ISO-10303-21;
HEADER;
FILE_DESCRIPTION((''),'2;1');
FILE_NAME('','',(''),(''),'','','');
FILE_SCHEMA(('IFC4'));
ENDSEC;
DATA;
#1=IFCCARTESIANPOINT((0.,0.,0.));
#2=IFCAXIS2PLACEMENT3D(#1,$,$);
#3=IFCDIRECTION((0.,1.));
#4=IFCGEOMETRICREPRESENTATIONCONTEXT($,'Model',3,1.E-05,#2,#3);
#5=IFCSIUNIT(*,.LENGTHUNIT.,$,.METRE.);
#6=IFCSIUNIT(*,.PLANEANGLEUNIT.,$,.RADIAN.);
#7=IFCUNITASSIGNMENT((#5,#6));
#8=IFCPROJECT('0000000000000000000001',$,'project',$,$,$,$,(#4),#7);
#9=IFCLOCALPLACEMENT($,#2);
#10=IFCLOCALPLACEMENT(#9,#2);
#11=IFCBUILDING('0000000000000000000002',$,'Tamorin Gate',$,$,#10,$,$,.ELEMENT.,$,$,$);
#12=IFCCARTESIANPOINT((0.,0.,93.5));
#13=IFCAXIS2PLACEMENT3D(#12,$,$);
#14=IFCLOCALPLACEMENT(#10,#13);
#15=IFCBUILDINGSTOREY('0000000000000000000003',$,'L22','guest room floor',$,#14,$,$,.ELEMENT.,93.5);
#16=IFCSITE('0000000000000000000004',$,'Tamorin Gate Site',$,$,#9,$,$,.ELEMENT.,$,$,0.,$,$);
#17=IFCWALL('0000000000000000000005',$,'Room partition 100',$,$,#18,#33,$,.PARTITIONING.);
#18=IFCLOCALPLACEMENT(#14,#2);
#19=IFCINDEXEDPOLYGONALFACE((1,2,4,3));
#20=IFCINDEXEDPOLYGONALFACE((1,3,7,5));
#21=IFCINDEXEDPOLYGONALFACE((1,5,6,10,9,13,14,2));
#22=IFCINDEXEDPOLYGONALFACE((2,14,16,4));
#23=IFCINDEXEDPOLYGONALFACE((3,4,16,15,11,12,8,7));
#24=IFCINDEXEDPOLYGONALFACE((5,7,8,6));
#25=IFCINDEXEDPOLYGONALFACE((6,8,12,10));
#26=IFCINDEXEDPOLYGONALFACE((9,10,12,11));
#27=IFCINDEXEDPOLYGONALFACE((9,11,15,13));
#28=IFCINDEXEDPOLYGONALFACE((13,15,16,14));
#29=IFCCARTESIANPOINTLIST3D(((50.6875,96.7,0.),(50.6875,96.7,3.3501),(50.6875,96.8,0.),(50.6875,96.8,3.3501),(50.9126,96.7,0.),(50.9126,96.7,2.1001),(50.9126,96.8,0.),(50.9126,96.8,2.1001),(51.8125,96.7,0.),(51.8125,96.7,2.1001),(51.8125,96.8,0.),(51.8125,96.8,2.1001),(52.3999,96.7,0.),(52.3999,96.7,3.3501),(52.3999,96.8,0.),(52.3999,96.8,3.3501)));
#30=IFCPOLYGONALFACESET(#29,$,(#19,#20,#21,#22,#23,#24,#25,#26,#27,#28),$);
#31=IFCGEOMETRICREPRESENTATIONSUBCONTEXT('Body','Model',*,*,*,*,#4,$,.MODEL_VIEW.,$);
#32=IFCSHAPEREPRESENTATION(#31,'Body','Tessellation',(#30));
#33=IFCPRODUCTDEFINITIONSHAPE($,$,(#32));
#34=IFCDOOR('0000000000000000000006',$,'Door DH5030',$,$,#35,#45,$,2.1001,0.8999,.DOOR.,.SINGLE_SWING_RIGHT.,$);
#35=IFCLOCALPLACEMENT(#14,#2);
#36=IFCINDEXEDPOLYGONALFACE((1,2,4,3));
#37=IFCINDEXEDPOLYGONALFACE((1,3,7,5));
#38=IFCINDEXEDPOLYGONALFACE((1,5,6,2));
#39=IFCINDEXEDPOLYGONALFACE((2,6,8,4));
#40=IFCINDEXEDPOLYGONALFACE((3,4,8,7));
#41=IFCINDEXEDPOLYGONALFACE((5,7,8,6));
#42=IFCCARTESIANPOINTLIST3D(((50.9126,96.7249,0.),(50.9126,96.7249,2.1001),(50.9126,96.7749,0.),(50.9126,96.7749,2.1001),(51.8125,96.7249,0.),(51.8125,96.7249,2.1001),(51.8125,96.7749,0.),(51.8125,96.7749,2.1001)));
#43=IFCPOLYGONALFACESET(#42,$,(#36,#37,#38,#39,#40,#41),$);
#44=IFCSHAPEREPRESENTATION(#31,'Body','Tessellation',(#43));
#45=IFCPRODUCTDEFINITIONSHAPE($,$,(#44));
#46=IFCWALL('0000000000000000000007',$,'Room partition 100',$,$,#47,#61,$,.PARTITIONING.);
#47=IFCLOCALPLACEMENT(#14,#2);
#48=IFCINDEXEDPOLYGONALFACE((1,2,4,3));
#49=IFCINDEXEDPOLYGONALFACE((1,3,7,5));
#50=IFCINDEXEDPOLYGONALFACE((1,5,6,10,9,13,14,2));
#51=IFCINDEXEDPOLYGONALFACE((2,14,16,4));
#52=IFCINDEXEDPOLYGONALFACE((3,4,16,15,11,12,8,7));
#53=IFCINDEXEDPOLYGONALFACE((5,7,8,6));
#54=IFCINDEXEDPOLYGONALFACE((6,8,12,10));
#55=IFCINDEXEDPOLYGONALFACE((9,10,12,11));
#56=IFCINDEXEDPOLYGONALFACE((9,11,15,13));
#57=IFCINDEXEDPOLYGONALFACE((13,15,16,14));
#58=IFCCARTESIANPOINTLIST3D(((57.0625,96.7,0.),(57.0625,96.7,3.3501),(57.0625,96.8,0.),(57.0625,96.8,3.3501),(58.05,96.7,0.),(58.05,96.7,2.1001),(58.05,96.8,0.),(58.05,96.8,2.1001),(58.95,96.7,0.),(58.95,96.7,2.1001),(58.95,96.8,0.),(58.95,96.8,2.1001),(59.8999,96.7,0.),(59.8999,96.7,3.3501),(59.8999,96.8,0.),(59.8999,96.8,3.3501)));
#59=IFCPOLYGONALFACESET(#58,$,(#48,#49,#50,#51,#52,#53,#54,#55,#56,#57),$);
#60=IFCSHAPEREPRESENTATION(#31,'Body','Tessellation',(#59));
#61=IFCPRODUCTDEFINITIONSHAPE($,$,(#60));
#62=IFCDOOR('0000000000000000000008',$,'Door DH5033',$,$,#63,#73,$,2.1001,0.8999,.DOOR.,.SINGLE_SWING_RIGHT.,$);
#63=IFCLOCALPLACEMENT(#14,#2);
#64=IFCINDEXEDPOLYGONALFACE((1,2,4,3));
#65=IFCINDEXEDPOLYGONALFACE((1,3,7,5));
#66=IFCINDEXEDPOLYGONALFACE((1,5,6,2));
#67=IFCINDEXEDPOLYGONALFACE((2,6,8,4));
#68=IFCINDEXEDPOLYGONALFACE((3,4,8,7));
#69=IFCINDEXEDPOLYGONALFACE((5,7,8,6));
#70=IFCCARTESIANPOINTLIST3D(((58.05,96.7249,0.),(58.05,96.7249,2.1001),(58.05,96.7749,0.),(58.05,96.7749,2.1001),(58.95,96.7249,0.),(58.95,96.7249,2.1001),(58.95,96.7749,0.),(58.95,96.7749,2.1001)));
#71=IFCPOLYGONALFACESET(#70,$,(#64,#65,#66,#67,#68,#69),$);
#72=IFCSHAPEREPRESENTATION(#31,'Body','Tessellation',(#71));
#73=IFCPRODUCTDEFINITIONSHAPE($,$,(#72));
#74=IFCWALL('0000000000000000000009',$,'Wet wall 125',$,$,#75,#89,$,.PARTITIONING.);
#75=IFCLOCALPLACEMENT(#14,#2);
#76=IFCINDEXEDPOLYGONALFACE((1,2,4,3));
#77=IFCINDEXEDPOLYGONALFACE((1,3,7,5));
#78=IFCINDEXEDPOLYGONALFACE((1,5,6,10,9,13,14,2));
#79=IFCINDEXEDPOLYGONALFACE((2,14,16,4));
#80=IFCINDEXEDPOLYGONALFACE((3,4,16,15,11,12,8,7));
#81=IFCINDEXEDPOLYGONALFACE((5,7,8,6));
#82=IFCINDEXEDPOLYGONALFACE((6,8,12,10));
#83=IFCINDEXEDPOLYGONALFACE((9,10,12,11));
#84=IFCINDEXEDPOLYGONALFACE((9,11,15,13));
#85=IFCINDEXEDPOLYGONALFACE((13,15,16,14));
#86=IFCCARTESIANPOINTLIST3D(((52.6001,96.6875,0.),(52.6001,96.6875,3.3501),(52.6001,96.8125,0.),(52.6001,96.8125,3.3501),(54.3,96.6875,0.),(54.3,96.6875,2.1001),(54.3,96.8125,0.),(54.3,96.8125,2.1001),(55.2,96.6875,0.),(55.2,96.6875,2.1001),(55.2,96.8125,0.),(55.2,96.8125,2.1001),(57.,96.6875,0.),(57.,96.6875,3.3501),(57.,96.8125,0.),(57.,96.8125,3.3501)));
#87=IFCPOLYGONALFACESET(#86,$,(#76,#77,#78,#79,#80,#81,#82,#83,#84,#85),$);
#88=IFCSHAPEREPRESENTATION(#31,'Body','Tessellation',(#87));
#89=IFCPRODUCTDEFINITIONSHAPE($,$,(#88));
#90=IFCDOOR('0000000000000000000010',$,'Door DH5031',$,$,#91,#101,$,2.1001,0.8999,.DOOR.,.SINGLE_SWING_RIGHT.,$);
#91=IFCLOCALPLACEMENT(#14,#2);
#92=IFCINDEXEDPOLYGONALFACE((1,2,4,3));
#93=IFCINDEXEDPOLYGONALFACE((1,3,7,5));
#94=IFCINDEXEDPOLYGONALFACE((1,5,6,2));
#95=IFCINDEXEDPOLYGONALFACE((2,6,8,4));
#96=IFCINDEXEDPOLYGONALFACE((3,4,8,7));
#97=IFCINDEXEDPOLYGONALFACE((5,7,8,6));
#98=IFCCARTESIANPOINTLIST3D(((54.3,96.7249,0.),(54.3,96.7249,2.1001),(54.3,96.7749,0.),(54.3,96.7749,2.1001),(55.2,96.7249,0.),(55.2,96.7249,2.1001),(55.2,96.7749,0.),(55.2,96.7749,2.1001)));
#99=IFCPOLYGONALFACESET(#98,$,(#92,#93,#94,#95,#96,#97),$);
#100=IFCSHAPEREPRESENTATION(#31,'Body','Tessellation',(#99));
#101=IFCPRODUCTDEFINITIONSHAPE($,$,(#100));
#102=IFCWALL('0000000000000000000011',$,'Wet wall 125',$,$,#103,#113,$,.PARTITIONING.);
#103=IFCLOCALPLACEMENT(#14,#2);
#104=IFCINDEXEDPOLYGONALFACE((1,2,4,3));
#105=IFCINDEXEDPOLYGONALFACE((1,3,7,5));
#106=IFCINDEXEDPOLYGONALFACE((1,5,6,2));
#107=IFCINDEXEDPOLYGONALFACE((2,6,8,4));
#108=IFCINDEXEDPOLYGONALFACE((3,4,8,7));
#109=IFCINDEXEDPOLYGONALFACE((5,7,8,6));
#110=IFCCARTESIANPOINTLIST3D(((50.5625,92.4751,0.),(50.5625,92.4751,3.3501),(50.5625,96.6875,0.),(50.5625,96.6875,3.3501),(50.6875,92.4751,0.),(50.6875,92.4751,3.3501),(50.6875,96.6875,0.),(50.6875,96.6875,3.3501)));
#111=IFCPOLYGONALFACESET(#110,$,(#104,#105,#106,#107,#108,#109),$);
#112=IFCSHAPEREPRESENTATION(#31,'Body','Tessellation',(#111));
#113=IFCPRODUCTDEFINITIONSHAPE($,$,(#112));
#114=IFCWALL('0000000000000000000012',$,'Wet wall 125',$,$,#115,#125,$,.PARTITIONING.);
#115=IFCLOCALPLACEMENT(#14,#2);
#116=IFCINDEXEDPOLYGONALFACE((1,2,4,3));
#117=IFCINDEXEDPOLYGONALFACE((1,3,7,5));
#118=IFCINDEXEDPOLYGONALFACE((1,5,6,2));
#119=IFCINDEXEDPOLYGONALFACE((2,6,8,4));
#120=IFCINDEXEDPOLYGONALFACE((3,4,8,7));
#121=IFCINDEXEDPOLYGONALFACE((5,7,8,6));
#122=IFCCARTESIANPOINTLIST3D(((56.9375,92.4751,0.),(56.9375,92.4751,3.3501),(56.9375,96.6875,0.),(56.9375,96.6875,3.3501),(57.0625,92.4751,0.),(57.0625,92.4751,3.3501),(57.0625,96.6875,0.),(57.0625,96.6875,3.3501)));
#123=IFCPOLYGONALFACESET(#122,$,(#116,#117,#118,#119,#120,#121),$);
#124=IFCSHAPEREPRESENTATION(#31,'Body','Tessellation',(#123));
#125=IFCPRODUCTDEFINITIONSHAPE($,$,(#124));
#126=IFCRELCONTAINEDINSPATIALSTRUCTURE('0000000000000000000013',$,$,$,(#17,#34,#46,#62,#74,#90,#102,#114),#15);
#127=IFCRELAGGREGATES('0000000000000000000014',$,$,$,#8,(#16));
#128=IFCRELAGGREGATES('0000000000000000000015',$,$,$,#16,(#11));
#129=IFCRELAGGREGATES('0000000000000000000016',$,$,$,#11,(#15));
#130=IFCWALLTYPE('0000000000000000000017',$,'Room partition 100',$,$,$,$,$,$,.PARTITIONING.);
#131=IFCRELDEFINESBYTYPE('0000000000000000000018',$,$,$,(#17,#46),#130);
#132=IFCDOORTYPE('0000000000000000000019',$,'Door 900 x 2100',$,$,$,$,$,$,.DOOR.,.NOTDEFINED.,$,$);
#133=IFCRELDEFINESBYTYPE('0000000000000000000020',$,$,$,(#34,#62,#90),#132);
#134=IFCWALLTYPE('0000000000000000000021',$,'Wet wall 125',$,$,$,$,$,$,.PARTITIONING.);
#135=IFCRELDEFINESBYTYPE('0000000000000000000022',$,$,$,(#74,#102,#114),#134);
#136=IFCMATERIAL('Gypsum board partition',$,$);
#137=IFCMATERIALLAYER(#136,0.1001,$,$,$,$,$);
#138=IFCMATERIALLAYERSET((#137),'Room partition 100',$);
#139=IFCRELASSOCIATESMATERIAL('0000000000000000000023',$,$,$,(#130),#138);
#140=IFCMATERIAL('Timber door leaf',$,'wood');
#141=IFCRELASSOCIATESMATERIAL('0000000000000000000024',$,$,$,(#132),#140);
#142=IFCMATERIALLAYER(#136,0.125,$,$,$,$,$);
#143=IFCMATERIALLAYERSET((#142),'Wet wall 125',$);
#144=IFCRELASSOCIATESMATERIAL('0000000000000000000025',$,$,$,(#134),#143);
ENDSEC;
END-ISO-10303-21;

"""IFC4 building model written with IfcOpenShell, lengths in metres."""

from ifc_helpers import new_model, si_unit, direction, frame, frame_2d, origin, place, context, subcontext, project, spatial, rectangle, extrude, material, layer, layer_set, type_object, element, fill, save


model = new_model("IFC4")

# Units and contexts
model_context = context("Model", 3, precision=1e-05, world=origin(), true_north=direction((0.0, 1.0)))
body_context = subcontext(model_context, "Body", "Model", "MODEL_VIEW")
ifc_project = project(units=[si_unit("LENGTHUNIT", "METRE"), si_unit("PLANEANGLEUNIT", "RADIAN")], contexts=[model_context])

# Site, building, storey
site_placement = place(None, origin())
site = spatial("IfcSite", under=ifc_project, at=site_placement, Name="Tamorin Gate Site", CompositionType="ELEMENT", RefElevation=0.0)
building_placement = place(site_placement, origin())
building = spatial("IfcBuilding", under=site, at=building_placement, Name="Tamorin Gate", CompositionType="ELEMENT")
storey_placement = place(building_placement, frame((0.0, 0.0, 93.5)))
storey = spatial("IfcBuildingStorey", under=building, at=storey_placement, Name="L22", Description="guest room floor", CompositionType="ELEMENT", Elevation=93.5)

# Shared definitions
ifc_material_1 = material(Name="Gypsum board partition")

# Walls, openings, doors
ifc_layer_1 = layer(ifc_material_1, 0.1001)
ifc_layer_set_1 = layer_set([ifc_layer_1], Name="Room partition 100")
wall_type_1 = type_object("IfcWallType", Name="Room partition 100", PredefinedType="PARTITIONING", material=ifc_layer_set_1)
wall_1_placement = place(storey_placement, frame((50.6875, 96.75, 0.0), z_axis=(0.0, 0.0, 1.0), x_axis=(1.0, 0.0, 0.0)))
wall_1 = element("IfcWall", 1, at=wall_1_placement, inside=storey, type_object=wall_type_1, Name="Room partition 100", PredefinedType="PARTITIONING", context=body_context, shape_type="SweptSolid", body=[
    extrude(rectangle(XDim=1.7124, YDim=0.1001, at=frame_2d((0.8562, 0.0))), origin(), (0.0, 0.0, 1.0), 3.3501),
])
opening_1_placement = place(wall_1_placement, frame((0.2251, 0.0, 0.0)))
opening_1 = element("IfcOpeningElement", 2, at=opening_1_placement, cuts=wall_1, PredefinedType="OPENING", context=body_context, shape_type="SweptSolid", body=[
    extrude(rectangle(XDim=0.8999, YDim=2.1001, at=frame_2d((0.45, 1.05))), frame((0.0, 0.0601, 0.0), z_axis=(0.0, -1.0, 0.0), x_axis=(1.0, 0.0, 0.0)), (0.0, 0.0, 1.0), 0.1201),
])
ifc_material_2 = material(Name="Timber door leaf", Category="wood")
door_type = type_object("IfcDoorType", Name="Door 900 x 2100", OperationType="NOTDEFINED", PredefinedType="DOOR", material=ifc_material_2)
door_1_placement = place(opening_1_placement, origin())
door_1 = element("IfcDoor", 3, at=door_1_placement, inside=storey, type_object=door_type, Name="Door DH5030", OperationType="SINGLE_SWING_RIGHT", OverallHeight=2.1001, OverallWidth=0.8999, PredefinedType="DOOR", context=body_context, shape_type="SweptSolid", body=[
    extrude(rectangle(XDim=0.8999, YDim=2.1001, at=frame_2d((0.45, 1.05))), frame((0.0, 0.0249, 0.0), z_axis=(0.0, -1.0, 0.0), x_axis=(1.0, 0.0, 0.0)), (0.0, 0.0, 1.0), 0.05),
])
fill(opening_1, door_1)
wall_2_placement = place(storey_placement, frame((57.0625, 96.75, 0.0), z_axis=(0.0, 0.0, 1.0), x_axis=(1.0, 0.0, 0.0)))
wall_2 = element("IfcWall", 4, at=wall_2_placement, inside=storey, type_object=wall_type_1, Name="Room partition 100", PredefinedType="PARTITIONING", context=body_context, shape_type="SweptSolid", body=[
    extrude(rectangle(XDim=2.8374, YDim=0.1001, at=frame_2d((1.4187, 0.0))), origin(), (0.0, 0.0, 1.0), 3.3501),
])
opening_2_placement = place(wall_2_placement, frame((0.9875, 0.0, 0.0)))
opening_2 = element("IfcOpeningElement", 5, at=opening_2_placement, cuts=wall_2, PredefinedType="OPENING", context=body_context, shape_type="SweptSolid", body=[
    extrude(rectangle(XDim=0.8999, YDim=2.1001, at=frame_2d((0.45, 1.05))), frame((0.0, 0.0601, 0.0), z_axis=(0.0, -1.0, 0.0), x_axis=(1.0, 0.0, 0.0)), (0.0, 0.0, 1.0), 0.1201),
])
door_2_placement = place(opening_2_placement, origin())
door_2 = element("IfcDoor", 6, at=door_2_placement, inside=storey, type_object=door_type, Name="Door DH5033", OperationType="SINGLE_SWING_RIGHT", OverallHeight=2.1001, OverallWidth=0.8999, PredefinedType="DOOR", context=body_context, shape_type="SweptSolid", body=[
    extrude(rectangle(XDim=0.8999, YDim=2.1001, at=frame_2d((0.45, 1.05))), frame((0.0, 0.0249, 0.0), z_axis=(0.0, -1.0, 0.0), x_axis=(1.0, 0.0, 0.0)), (0.0, 0.0, 1.0), 0.05),
])
fill(opening_2, door_2)
ifc_layer_2 = layer(ifc_material_1, 0.125)
ifc_layer_set_2 = layer_set([ifc_layer_2], Name="Wet wall 125")
wall_type_2 = type_object("IfcWallType", Name="Wet wall 125", PredefinedType="PARTITIONING", material=ifc_layer_set_2)
wall_3_placement = place(storey_placement, frame((52.6001, 96.75, 0.0), z_axis=(0.0, 0.0, 1.0), x_axis=(1.0, 0.0, 0.0)))
wall_3 = element("IfcWall", 7, at=wall_3_placement, inside=storey, type_object=wall_type_2, Name="Wet wall 125", PredefinedType="PARTITIONING", context=body_context, shape_type="SweptSolid", body=[
    extrude(rectangle(XDim=4.3999, YDim=0.125, at=frame_2d((2.2, 0.0))), origin(), (0.0, 0.0, 1.0), 3.3501),
])
opening_3_placement = place(wall_3_placement, frame((1.7, 0.0, 0.0)))
opening_3 = element("IfcOpeningElement", 8, at=opening_3_placement, cuts=wall_3, PredefinedType="OPENING", context=body_context, shape_type="SweptSolid", body=[
    extrude(rectangle(XDim=0.8999, YDim=2.1001, at=frame_2d((0.45, 1.05))), frame((0.0, 0.0725, 0.0), z_axis=(0.0, -1.0, 0.0), x_axis=(1.0, 0.0, 0.0)), (0.0, 0.0, 1.0), 0.145),
])
door_3_placement = place(opening_3_placement, origin())
door_3 = element("IfcDoor", 9, at=door_3_placement, inside=storey, type_object=door_type, Name="Door DH5031", OperationType="SINGLE_SWING_RIGHT", OverallHeight=2.1001, OverallWidth=0.8999, PredefinedType="DOOR", context=body_context, shape_type="SweptSolid", body=[
    extrude(rectangle(XDim=0.8999, YDim=2.1001, at=frame_2d((0.45, 1.05))), frame((0.0, 0.0249, 0.0), z_axis=(0.0, -1.0, 0.0), x_axis=(1.0, 0.0, 0.0)), (0.0, 0.0, 1.0), 0.05),
])
fill(opening_3, door_3)

# Walls
for number, where, z_axis, x_axis, name in (
    (10, (50.625, 92.4751, 0.0), (0.0, 0.0, 1.0), (0.0, 1.0, 0.0), "Wet wall 125"),
    (11, (57.0, 92.4751, 0.0), (0.0, 0.0, 1.0), (0.0, 1.0, 0.0), "Wet wall 125"),
):
    element("IfcWall", number, at=place(storey_placement, frame(where, z_axis=z_axis, x_axis=x_axis)), inside=storey, type_object=wall_type_2, Name=name, PredefinedType="PARTITIONING", context=body_context, shape_type="SweptSolid", body=[
        extrude(rectangle(XDim=4.2124, YDim=0.125, at=frame_2d((2.1062, 0.0))), origin(), (0.0, 0.0, 1.0), 3.3501),
    ])

save(model, "model.ifc")
